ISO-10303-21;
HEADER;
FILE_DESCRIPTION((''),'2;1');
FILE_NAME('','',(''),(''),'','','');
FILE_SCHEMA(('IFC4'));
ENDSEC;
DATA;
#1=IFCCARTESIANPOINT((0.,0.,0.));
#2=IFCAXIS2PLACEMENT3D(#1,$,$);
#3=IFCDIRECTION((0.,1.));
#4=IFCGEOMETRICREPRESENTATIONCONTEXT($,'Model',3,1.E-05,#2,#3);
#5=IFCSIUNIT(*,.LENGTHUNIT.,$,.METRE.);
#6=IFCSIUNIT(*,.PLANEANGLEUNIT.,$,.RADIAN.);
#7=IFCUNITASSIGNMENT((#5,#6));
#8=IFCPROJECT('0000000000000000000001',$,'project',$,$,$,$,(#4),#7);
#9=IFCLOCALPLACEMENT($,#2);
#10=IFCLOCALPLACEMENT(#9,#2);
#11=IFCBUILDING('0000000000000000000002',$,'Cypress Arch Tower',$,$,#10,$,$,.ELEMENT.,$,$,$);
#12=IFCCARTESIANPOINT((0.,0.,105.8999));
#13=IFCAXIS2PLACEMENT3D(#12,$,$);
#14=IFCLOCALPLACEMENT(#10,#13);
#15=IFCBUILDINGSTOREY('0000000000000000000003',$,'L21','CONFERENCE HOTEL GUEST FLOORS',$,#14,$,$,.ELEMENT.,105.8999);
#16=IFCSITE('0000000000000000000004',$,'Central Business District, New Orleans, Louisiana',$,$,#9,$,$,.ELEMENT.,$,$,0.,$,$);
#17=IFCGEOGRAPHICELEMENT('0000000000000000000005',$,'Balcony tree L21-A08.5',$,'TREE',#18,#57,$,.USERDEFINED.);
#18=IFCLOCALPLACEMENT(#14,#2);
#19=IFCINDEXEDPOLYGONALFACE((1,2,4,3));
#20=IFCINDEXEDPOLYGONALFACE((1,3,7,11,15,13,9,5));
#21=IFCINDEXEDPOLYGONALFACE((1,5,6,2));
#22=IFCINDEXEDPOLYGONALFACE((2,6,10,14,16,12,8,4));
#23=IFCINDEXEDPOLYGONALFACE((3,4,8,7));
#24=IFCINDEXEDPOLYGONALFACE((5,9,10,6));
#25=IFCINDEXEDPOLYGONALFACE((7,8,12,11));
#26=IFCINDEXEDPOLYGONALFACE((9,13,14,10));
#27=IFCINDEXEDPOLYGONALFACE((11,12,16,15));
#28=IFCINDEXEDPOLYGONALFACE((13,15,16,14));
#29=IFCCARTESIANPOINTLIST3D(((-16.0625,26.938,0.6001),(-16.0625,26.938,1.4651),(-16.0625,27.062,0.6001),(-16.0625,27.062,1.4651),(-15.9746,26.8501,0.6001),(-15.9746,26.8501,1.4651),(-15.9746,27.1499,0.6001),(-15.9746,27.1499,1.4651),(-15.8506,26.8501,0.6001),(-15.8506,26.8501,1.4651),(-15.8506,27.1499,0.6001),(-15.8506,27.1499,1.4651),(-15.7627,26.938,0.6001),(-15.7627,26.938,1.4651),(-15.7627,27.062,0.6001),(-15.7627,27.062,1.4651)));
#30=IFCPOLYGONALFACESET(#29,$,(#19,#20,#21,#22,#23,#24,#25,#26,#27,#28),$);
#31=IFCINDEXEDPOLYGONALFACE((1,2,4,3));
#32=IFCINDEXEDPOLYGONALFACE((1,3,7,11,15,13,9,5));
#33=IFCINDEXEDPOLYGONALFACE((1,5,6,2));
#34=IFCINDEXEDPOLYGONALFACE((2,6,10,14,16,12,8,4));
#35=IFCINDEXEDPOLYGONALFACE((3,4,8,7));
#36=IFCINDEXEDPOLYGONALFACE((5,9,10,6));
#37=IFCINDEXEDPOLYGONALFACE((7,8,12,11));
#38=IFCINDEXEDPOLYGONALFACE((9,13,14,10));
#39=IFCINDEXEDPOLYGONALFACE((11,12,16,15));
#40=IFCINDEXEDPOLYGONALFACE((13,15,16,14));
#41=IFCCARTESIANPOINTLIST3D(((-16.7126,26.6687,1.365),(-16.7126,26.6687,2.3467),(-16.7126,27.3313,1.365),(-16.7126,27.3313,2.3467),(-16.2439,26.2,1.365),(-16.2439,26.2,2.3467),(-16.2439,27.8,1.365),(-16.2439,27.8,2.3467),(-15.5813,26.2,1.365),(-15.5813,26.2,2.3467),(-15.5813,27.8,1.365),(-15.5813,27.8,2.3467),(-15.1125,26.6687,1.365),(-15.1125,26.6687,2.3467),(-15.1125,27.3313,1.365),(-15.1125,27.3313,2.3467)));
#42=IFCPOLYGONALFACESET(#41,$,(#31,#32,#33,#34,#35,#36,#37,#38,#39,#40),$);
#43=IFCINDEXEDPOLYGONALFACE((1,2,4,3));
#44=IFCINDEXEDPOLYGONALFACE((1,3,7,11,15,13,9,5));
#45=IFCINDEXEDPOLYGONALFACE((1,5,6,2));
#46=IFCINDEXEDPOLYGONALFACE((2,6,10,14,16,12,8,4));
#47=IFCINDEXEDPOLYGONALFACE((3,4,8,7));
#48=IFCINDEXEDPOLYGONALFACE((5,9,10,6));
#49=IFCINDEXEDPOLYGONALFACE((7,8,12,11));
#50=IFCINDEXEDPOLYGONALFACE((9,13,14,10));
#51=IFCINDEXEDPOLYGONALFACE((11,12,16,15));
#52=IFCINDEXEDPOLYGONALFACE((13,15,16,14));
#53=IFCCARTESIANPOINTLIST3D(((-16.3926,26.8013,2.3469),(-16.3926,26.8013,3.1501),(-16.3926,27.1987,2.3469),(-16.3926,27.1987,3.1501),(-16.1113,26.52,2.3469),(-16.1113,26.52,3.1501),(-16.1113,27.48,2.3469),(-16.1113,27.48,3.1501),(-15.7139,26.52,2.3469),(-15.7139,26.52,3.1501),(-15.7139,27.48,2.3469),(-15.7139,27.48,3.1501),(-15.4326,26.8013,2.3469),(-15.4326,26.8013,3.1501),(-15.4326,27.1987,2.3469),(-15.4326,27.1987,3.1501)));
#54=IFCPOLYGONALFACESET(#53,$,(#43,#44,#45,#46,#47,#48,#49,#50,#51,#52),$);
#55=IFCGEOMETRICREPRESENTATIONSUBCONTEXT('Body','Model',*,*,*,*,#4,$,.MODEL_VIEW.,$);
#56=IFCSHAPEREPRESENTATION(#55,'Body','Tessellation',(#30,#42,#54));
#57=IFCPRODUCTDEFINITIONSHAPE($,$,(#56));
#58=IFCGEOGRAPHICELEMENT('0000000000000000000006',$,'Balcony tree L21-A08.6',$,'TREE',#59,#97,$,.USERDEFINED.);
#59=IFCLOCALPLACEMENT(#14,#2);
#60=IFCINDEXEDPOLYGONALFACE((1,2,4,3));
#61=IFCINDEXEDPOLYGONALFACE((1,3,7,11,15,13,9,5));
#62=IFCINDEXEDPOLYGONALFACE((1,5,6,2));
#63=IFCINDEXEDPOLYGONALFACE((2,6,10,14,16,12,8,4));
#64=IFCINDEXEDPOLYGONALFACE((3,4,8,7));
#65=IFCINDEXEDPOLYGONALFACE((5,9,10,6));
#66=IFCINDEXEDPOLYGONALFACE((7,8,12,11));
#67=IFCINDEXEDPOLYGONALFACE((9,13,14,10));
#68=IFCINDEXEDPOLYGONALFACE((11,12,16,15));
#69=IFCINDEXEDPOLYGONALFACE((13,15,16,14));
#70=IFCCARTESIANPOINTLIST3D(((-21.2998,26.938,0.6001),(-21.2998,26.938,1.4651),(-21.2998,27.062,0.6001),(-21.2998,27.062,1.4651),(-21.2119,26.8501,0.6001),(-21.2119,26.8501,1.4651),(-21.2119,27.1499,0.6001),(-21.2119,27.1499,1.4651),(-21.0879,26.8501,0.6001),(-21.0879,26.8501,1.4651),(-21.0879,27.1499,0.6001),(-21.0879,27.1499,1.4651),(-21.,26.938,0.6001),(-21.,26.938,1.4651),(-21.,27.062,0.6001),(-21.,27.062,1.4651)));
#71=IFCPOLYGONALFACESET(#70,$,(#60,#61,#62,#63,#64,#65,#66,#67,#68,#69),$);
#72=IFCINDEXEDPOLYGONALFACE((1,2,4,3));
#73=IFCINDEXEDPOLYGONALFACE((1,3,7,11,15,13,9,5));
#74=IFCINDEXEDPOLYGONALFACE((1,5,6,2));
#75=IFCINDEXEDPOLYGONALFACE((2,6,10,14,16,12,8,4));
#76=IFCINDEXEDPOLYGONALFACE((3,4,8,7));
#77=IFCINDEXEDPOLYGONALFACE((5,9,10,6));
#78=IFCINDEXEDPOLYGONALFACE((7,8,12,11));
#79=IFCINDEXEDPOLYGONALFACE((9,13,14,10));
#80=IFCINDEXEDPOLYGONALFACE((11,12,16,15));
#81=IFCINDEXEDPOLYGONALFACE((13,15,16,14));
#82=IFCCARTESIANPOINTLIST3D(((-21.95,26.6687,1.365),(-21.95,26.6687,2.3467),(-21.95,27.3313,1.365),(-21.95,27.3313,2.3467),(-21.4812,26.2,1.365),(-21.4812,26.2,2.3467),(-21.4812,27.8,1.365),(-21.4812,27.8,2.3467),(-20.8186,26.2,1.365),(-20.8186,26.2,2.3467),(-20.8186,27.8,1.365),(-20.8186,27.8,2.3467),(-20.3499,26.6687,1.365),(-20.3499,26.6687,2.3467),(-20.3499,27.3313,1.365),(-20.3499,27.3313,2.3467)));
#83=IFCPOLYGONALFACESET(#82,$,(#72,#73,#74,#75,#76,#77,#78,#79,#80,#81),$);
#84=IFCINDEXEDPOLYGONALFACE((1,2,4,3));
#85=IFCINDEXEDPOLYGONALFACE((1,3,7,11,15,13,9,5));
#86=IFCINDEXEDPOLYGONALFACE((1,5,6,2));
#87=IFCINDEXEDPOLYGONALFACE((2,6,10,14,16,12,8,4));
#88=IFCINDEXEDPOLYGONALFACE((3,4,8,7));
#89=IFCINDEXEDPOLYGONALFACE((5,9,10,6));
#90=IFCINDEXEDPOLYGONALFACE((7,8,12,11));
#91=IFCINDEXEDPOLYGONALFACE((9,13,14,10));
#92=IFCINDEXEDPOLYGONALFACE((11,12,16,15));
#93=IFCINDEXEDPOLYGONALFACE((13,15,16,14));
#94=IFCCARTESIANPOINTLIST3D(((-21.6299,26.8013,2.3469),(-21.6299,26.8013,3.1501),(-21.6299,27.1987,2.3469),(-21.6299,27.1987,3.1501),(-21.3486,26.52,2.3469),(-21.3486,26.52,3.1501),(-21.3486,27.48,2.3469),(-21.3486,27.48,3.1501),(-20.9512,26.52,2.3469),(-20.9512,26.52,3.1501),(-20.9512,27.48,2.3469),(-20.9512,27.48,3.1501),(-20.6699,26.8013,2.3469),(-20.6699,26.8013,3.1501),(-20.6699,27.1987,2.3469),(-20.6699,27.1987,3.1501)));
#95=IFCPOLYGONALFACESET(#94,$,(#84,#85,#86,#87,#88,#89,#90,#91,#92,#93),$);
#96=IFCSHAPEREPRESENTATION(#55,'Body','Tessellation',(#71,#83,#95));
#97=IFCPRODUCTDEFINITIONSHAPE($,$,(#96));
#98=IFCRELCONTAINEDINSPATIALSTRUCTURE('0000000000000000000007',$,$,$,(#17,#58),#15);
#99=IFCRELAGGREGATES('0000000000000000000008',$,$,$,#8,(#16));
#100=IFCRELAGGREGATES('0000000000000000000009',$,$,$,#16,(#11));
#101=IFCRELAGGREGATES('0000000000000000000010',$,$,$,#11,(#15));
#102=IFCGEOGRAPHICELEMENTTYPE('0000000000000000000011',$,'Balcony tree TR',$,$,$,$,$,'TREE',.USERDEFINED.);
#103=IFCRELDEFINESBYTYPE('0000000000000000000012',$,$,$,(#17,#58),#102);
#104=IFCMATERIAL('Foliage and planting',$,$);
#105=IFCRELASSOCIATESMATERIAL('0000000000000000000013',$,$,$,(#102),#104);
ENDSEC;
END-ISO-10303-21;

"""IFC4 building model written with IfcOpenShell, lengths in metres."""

from ifc_helpers import new_model, si_unit, direction, frame, origin, place, context, subcontext, project, spatial, polyline, outline, extrude, material, type_object, element, save


model = new_model("IFC4")

# Units and contexts
model_context = context("Model", 3, precision=1e-05, world=origin(), true_north=direction((0.0, 1.0)))
body_context = subcontext(model_context, "Body", "Model", "MODEL_VIEW")
ifc_project = project(units=[si_unit("LENGTHUNIT", "METRE"), si_unit("PLANEANGLEUNIT", "RADIAN")], contexts=[model_context])

# Site, building, storey
site_placement = place(None, origin())
site = spatial("IfcSite", under=ifc_project, at=site_placement, Name="Central Business District, New Orleans, Louisiana", CompositionType="ELEMENT", RefElevation=0.0)
building_placement = place(site_placement, origin())
building = spatial("IfcBuilding", under=site, at=building_placement, Name="Cypress Arch Tower", CompositionType="ELEMENT")
storey_placement = place(building_placement, frame((0.0, 0.0, 105.8999)))
storey = spatial("IfcBuildingStorey", under=building, at=storey_placement, Name="L21", Description="CONFERENCE HOTEL GUEST FLOORS", CompositionType="ELEMENT", Elevation=105.8999)

# Geographic elements
ifc_material_1 = material(Name="Foliage and planting")
geographic_element_type = type_object("IfcGeographicElementType", Name="Balcony tree TR", ElementType="TREE", PredefinedType="USERDEFINED", material=ifc_material_1)
for number, where, z_axis, x_axis, name in (
    (1, (-15.9126, 27.0, 0.6001), (0.0, 0.0, 1.0), (1.0, 0.0, 0.0), "Balcony tree L21-A08.5"),
    (2, (-21.1499, 27.0, 0.6001), (0.0, 0.0, 1.0), (1.0, 0.0, 0.0), "Balcony tree L21-A08.6"),
):
    element("IfcGeographicElement", number, at=place(storey_placement, frame(where, z_axis=z_axis, x_axis=x_axis)), inside=storey, type_object=geographic_element_type, Name=name, ObjectType="TREE", PredefinedType="USERDEFINED", context=body_context, shape_type="SweptSolid", body=[
        extrude(outline(polyline([(0.1499, 0.062), (0.062, 0.1499), (-0.062, 0.1499), (-0.1499, 0.062), (-0.1499, -0.062), (-0.062, -0.1499), (0.062, -0.1499), (0.1499, -0.062), (0.1499, 0.062)])), origin(), (0.0, 0.0, 1.0), 0.865),
        extrude(outline(polyline([(0.8, 0.3313), (0.3313, 0.8), (-0.3313, 0.8), (-0.8, 0.3313), (-0.8, -0.3313), (-0.3313, -0.8), (0.3313, -0.8), (0.8, -0.3313), (0.8, 0.3313)])), frame((0.0, 0.0, 0.7649)), (0.0, 0.0, 1.0), 0.9817),
        extrude(outline(polyline([(0.48, 0.1987), (0.1987, 0.48), (-0.1987, 0.48), (-0.48, 0.1987), (-0.48, -0.1987), (-0.1987, -0.48), (0.1987, -0.48), (0.48, -0.1987), (0.48, 0.1987)])), frame((0.0, 0.0, 1.7468)), (0.0, 0.0, 1.0), 0.8032),
    ])

save(model, "model.ifc")
